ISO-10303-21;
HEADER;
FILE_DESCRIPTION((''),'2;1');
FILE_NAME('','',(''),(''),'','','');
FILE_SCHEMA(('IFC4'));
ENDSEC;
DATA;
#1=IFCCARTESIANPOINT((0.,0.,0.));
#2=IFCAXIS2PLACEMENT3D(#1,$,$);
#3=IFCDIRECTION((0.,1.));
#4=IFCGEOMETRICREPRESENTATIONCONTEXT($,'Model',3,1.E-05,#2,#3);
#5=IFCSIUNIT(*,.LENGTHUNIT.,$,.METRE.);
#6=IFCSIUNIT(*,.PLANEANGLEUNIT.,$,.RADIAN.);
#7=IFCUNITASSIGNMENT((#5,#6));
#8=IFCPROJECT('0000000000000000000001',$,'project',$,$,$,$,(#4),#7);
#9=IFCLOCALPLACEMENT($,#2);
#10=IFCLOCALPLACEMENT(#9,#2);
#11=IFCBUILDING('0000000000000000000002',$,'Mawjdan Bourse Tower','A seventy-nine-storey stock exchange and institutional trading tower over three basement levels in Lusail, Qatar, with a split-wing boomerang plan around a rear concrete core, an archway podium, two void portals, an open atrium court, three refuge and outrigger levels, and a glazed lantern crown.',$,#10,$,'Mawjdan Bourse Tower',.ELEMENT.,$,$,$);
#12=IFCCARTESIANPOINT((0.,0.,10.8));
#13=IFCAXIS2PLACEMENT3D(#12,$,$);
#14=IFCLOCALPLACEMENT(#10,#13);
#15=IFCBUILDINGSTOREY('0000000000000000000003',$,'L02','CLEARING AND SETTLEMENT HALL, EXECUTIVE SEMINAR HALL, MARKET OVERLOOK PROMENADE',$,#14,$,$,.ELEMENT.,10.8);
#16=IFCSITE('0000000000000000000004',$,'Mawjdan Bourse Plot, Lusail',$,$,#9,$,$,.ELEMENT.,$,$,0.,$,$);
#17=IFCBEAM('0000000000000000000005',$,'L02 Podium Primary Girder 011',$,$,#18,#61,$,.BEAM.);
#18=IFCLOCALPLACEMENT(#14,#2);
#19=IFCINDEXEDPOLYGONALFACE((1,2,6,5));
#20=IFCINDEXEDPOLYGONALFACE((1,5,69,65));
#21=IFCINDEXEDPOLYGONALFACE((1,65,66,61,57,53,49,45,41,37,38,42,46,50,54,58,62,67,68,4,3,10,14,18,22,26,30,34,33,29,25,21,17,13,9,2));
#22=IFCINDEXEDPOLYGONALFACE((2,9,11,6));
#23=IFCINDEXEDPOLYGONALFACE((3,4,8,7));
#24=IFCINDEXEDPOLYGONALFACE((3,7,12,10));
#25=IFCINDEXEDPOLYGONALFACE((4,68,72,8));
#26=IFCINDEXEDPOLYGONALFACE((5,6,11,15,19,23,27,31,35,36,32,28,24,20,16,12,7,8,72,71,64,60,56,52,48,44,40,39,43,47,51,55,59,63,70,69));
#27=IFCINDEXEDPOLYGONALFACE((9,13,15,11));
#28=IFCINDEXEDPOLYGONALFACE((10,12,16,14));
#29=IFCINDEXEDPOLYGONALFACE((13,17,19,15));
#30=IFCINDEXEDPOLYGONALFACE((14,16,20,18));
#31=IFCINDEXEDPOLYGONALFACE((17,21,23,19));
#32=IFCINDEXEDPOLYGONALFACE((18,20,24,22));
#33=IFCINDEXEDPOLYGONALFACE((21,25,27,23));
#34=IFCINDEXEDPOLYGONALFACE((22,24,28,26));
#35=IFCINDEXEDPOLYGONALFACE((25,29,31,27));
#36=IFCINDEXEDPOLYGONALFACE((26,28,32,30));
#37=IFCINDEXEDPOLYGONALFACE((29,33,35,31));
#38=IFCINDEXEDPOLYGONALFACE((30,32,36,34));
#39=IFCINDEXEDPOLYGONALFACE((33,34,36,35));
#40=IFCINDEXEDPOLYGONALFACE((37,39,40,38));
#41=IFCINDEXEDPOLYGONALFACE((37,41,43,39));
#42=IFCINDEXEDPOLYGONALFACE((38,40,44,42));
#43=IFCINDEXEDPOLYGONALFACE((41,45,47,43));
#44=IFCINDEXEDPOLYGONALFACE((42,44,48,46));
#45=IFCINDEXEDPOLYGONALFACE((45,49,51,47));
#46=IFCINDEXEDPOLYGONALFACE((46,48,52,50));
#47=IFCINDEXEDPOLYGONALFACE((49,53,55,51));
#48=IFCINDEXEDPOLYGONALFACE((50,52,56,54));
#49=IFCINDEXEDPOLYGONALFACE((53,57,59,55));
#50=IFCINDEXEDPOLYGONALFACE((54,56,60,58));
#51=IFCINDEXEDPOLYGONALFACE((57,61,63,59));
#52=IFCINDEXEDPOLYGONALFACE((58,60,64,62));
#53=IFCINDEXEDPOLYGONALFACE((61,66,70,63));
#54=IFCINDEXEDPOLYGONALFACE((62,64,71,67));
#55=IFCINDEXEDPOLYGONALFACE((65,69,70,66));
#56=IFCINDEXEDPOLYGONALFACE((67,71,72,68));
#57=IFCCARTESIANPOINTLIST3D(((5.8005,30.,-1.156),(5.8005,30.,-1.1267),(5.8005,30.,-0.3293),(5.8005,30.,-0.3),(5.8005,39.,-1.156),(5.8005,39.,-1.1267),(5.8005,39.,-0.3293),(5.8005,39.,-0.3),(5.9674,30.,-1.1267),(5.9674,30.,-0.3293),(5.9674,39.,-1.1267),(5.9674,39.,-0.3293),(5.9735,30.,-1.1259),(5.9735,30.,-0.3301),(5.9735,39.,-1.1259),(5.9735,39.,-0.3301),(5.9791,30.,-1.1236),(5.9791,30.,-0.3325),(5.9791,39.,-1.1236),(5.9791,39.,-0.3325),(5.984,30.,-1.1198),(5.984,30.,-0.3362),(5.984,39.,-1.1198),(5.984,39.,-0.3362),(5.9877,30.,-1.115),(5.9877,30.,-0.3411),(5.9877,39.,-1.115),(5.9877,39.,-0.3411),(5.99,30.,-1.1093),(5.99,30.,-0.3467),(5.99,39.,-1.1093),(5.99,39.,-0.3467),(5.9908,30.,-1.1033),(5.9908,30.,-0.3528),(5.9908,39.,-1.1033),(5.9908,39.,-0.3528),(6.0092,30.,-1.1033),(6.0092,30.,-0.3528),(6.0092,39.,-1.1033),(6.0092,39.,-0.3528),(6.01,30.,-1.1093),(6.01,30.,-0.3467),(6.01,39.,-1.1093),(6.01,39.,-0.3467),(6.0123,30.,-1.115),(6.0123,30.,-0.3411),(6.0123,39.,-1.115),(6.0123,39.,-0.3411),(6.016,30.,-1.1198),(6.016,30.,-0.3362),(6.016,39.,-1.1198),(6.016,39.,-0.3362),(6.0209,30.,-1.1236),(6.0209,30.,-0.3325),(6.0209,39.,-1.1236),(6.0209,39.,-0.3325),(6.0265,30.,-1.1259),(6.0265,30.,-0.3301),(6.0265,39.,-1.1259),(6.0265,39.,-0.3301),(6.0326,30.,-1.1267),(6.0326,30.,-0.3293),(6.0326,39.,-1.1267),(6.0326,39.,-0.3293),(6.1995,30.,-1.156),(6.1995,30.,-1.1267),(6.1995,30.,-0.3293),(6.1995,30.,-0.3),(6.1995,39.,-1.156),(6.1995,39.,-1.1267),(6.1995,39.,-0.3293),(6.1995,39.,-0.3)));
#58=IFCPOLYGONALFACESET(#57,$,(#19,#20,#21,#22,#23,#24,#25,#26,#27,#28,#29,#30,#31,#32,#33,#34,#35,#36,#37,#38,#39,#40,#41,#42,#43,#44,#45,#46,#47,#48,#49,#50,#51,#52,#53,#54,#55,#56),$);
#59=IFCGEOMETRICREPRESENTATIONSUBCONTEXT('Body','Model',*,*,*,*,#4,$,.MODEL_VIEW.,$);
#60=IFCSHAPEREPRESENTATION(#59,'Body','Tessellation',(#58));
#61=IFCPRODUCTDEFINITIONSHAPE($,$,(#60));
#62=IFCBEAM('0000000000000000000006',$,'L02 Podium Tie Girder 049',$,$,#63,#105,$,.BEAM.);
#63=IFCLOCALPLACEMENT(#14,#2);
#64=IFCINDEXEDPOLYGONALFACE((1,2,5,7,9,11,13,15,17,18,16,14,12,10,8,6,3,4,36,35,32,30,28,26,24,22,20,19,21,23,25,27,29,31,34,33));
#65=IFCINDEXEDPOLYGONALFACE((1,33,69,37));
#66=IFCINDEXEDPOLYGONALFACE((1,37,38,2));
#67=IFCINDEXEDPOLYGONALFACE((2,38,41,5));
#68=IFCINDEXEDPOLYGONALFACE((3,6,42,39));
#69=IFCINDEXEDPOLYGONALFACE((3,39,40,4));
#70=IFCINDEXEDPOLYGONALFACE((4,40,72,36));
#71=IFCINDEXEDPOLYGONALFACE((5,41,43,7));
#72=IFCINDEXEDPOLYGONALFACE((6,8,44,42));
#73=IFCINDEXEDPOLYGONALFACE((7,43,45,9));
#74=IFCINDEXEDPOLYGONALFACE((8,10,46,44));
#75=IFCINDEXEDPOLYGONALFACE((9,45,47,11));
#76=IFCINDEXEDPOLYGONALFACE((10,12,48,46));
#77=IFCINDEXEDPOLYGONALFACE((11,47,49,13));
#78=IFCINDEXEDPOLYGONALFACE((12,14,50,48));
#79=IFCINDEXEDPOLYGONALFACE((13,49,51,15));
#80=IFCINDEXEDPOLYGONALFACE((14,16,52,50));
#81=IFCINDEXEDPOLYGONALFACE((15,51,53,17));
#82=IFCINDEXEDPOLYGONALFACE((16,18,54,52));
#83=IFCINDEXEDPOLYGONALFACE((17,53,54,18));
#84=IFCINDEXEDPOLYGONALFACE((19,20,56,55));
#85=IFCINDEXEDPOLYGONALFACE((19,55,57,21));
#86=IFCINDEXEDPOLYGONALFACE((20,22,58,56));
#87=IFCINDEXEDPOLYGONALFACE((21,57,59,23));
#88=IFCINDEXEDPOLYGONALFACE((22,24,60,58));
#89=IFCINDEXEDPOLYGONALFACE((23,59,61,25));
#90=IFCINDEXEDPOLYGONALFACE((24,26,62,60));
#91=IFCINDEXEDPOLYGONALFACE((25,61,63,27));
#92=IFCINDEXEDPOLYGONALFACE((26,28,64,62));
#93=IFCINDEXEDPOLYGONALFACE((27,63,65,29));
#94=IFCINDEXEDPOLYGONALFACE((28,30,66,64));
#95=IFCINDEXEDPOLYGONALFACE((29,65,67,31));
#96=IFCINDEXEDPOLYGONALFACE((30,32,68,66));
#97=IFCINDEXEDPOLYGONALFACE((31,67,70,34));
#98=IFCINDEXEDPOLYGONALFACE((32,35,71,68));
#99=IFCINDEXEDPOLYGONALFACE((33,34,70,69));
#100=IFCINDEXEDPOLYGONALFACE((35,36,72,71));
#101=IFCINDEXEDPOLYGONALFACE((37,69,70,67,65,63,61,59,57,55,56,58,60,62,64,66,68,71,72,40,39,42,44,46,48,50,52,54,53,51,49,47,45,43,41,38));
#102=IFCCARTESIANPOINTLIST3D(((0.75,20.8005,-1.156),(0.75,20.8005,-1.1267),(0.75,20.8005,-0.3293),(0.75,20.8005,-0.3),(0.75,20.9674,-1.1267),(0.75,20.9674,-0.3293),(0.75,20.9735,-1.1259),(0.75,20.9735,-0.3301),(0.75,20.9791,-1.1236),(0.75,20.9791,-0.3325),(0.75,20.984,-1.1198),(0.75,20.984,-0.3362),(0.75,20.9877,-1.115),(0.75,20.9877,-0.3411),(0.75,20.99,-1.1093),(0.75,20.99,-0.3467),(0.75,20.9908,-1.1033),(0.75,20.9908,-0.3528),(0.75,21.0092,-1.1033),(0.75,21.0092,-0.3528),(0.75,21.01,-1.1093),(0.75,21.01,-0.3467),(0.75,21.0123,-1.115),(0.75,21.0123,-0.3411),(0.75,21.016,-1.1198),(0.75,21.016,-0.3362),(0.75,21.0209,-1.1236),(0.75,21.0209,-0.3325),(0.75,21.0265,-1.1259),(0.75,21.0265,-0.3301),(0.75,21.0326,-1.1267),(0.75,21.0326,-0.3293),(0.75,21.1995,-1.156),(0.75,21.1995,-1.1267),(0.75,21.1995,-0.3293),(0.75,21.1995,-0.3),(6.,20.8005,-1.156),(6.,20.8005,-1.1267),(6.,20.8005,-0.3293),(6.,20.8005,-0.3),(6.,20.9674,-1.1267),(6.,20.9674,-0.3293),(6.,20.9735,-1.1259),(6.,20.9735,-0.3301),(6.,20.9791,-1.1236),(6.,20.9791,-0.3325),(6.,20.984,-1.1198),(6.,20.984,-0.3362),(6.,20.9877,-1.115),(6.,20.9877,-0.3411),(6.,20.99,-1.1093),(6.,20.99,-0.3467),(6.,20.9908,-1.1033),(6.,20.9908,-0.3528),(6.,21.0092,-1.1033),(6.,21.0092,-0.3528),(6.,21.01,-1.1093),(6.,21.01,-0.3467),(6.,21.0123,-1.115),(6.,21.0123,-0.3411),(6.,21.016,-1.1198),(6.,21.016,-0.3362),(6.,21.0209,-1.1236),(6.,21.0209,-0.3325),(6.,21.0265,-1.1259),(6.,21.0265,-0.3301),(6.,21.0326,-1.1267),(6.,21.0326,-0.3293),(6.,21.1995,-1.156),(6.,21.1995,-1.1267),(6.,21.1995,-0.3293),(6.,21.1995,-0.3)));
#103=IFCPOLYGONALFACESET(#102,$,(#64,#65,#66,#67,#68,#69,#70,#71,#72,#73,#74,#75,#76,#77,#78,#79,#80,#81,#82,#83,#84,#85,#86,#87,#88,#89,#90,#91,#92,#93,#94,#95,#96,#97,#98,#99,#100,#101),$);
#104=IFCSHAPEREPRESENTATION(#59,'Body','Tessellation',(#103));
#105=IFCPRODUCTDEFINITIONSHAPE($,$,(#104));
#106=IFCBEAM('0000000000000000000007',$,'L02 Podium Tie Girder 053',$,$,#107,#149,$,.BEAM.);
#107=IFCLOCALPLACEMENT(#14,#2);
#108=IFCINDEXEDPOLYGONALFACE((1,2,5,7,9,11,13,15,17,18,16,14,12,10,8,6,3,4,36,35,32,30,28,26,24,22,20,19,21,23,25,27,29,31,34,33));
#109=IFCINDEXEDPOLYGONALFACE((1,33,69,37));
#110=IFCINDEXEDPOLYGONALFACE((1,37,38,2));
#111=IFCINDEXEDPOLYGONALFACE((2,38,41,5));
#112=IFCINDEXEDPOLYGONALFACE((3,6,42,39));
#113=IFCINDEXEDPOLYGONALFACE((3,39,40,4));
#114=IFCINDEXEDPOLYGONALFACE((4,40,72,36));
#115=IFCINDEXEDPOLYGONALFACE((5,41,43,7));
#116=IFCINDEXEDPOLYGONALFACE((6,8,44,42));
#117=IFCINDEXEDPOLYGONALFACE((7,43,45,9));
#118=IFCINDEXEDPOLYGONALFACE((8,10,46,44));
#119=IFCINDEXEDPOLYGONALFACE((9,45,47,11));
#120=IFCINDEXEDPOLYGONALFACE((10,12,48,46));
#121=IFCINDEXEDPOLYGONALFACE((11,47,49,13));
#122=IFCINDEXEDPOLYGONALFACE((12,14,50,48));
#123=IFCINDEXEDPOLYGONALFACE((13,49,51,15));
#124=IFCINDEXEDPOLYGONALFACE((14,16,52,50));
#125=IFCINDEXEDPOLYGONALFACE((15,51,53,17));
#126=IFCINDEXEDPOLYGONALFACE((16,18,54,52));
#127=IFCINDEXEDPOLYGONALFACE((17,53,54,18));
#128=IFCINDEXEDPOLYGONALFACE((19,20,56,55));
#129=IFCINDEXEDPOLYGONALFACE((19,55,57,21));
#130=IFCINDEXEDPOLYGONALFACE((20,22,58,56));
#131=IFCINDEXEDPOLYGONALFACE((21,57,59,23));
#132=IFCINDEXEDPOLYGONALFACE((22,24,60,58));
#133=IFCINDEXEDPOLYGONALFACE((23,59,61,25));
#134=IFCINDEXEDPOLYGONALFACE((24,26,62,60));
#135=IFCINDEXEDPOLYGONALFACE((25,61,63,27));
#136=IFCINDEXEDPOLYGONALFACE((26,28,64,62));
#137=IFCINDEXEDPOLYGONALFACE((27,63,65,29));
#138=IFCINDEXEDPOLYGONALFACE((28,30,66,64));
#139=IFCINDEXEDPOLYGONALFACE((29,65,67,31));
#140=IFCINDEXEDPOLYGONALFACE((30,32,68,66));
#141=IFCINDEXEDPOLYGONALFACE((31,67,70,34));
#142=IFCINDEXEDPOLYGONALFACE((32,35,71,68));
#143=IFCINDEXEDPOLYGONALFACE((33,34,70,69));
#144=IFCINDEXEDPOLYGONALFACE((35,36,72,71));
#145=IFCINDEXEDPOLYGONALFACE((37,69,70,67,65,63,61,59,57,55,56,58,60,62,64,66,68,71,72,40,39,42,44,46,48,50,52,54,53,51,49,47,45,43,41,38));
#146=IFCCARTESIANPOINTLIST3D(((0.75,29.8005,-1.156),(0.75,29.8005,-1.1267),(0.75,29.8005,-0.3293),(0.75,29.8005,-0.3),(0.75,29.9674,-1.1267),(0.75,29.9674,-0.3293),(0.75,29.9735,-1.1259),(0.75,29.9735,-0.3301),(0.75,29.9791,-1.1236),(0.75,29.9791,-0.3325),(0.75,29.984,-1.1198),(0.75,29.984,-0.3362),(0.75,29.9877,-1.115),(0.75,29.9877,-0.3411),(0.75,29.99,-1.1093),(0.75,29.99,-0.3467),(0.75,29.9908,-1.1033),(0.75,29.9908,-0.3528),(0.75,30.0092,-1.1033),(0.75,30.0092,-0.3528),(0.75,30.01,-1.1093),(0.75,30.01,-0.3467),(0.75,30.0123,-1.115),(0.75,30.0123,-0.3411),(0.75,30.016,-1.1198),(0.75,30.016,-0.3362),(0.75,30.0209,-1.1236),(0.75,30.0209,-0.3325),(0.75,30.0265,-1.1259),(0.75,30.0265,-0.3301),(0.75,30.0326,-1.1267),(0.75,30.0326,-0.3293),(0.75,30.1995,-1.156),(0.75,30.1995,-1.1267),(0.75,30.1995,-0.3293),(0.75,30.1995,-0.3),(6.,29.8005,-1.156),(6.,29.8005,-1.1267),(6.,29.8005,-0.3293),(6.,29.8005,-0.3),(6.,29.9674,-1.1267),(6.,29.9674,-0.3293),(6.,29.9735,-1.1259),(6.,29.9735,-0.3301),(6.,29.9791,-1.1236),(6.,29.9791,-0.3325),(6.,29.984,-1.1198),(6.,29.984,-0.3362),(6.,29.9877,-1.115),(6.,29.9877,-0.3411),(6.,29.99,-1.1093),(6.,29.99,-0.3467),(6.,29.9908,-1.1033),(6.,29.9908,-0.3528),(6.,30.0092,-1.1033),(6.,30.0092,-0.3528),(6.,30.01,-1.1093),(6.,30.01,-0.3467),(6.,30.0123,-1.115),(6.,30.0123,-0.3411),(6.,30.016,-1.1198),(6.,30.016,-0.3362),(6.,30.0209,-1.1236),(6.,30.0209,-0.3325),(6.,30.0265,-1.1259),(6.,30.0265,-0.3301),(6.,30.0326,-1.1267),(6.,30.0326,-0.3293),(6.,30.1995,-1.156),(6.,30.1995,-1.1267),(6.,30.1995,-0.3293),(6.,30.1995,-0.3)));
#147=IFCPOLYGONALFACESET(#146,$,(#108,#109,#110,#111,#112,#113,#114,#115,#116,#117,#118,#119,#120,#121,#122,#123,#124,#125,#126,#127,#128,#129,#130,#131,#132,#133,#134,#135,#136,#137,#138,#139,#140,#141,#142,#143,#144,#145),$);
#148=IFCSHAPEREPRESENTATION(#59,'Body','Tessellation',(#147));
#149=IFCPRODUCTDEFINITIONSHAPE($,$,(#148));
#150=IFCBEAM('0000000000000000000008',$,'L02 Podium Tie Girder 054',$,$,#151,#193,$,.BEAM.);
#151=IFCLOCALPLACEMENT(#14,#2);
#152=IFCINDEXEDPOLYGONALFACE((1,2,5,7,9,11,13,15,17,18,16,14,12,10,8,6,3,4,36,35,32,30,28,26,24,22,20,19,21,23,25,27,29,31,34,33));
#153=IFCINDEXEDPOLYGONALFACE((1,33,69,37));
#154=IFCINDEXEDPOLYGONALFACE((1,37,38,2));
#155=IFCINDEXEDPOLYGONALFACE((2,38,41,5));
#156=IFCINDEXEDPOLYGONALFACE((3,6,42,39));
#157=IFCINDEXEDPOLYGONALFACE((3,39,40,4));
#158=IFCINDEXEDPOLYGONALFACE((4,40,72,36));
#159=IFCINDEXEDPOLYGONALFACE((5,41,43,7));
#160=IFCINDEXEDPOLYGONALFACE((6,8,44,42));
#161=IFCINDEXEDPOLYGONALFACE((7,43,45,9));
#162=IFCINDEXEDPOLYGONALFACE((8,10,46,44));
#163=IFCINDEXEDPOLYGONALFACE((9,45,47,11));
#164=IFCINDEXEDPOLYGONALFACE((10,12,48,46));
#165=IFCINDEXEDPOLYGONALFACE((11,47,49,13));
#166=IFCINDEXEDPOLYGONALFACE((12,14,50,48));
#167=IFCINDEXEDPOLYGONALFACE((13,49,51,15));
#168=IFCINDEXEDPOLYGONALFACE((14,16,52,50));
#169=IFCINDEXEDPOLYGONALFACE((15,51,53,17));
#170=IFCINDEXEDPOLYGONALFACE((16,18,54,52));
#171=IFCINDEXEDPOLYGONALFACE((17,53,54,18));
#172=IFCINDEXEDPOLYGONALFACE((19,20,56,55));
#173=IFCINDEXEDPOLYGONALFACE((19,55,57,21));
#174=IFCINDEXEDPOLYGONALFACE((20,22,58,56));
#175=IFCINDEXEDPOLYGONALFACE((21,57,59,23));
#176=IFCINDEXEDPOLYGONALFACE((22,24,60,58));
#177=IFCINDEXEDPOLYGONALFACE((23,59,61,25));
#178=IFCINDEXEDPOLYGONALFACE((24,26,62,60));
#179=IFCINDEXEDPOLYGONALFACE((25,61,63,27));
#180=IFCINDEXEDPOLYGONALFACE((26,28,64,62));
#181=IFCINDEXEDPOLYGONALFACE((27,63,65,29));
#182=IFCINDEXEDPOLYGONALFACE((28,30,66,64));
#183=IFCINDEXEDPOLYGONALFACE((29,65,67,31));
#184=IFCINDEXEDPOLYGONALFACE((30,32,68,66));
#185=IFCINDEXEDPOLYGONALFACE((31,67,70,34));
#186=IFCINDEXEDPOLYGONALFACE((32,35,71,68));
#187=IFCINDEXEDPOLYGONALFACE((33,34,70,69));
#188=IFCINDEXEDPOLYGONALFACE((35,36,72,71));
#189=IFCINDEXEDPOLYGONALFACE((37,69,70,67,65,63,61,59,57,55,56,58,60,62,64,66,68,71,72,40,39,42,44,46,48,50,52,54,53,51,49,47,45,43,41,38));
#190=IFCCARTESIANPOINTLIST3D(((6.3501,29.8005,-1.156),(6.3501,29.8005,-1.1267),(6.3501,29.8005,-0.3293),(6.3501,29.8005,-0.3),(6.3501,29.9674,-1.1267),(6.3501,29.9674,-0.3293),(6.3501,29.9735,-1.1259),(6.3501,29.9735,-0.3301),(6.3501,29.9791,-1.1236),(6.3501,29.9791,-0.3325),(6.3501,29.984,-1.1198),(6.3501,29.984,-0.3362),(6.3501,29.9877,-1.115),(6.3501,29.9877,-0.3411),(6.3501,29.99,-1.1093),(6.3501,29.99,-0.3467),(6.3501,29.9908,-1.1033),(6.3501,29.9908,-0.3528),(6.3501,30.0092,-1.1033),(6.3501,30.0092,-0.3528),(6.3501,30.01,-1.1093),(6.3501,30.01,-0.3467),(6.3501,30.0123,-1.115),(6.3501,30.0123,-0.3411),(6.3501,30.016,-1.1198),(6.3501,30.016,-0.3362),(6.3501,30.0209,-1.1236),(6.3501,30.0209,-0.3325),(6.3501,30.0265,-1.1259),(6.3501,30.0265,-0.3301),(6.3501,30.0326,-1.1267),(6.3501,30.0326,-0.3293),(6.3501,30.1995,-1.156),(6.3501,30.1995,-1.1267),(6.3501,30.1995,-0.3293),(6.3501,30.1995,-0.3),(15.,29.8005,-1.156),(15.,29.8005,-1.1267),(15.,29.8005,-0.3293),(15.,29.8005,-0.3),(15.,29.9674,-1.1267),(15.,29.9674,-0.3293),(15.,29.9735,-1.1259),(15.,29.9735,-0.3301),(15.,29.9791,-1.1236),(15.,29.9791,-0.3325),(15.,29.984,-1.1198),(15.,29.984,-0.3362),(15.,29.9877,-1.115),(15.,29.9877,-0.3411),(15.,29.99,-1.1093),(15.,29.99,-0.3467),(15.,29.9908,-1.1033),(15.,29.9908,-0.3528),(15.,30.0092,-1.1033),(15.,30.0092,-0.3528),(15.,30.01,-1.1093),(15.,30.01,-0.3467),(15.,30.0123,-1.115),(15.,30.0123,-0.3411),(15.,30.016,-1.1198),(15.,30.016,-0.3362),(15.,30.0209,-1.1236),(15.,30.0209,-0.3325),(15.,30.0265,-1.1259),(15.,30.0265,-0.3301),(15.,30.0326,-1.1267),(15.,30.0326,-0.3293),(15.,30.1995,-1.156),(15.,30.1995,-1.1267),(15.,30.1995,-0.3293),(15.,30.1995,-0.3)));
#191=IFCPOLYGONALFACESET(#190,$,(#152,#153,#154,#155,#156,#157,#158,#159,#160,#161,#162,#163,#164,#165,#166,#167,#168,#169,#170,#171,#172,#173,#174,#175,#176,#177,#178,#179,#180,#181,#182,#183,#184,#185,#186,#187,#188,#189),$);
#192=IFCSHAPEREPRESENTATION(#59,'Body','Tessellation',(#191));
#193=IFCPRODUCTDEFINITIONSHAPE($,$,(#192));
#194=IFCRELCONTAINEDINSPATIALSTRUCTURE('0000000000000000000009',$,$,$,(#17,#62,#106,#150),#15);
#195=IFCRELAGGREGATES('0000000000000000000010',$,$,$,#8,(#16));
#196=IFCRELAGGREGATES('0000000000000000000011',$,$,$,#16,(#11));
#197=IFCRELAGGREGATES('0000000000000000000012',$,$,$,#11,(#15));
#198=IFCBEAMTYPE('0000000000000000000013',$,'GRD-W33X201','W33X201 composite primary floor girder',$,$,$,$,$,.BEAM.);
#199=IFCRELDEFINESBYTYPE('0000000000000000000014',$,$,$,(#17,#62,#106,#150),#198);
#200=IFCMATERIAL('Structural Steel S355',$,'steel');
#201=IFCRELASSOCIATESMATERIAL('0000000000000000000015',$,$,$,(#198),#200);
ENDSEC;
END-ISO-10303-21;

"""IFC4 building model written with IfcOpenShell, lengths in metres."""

from ifc_helpers import new_model, si_unit, direction, frame, origin, origin_2d, place, context, subcontext, project, spatial, i_section, extrude, material, material_profile, profile_set, type_object, element, save


model = new_model("IFC4")

# Units and contexts
model_context = context("Model", 3, precision=1e-05, world=origin(), true_north=direction((0.0, 1.0)))
body_context = subcontext(model_context, "Body", "Model", "MODEL_VIEW")
ifc_project = project(units=[si_unit("LENGTHUNIT", "METRE"), si_unit("PLANEANGLEUNIT", "RADIAN")], contexts=[model_context])

# Site, building, storey
site_placement = place(None, origin())
site = spatial("IfcSite", under=ifc_project, at=site_placement, Name="Mawjdan Bourse Plot, Lusail", CompositionType="ELEMENT", RefElevation=0.0)
building_placement = place(site_placement, origin())
building = spatial("IfcBuilding", under=site, at=building_placement, Name="Mawjdan Bourse Tower", Description="A seventy-nine-storey stock exchange and institutional trading tower over three basement levels in Lusail, Qatar, with a split-wing boomerang plan around a rear concrete core, an archway podium, two void portals, an open atrium court, three refuge and outrigger levels, and a glazed lantern crown.", LongName="Mawjdan Bourse Tower", CompositionType="ELEMENT")
storey_placement = place(building_placement, frame((0.0, 0.0, 10.8)))
storey = spatial("IfcBuildingStorey", under=building, at=storey_placement, Name="L02", Description="CLEARING AND SETTLEMENT HALL, EXECUTIVE SEMINAR HALL, MARKET OVERLOOK PROMENADE", CompositionType="ELEMENT", Elevation=10.8)

# Beams
ifc_material_1 = material(Name="Structural Steel S355", Category="steel")
ifc_material_profile_1 = material_profile(ifc_material_1, i_section(OverallWidth=0.3989, OverallDepth=0.856, WebThickness=0.0183, FlangeThickness=0.0293, FilletRadius=0.0234, at=origin_2d()), Name="W33X201")
ifc_profile_set_1 = profile_set([ifc_material_profile_1], Name="Structural Steel S355")
beam_type_1 = type_object("IfcBeamType", Name="GRD-W33X201", Description="W33X201 composite primary floor girder", PredefinedType="BEAM", material=ifc_profile_set_1)
for number, where, z_axis, x_axis, name in (
    (1, (6.0, 30.0, -0.728), (0.0, 1.0, 0.0), (-1.0, 0.0, 0.0), "L02 Podium Primary Girder 011"),
):
    element("IfcBeam", number, at=place(storey_placement, frame(where, z_axis=z_axis, x_axis=x_axis)), inside=storey, type_object=beam_type_1, Name=name, PredefinedType="BEAM", context=body_context, shape_type="SweptSolid", body=[
        extrude(i_section(OverallWidth=0.3989, OverallDepth=0.856, WebThickness=0.0183, FlangeThickness=0.0293, FilletRadius=0.0234, at=origin_2d()), origin(), (0.0, 0.0, 1.0), 9.0),
    ])
for number, where, z_axis, x_axis, name in (
    (2, (0.75, 21.0, -0.728), (1.0, 0.0, 0.0), (0.0, 1.0, 0.0), "L02 Podium Tie Girder 049"),
    (3, (0.75, 30.0, -0.728), (1.0, 0.0, 0.0), (0.0, 1.0, 0.0), "L02 Podium Tie Girder 053"),
):
    element("IfcBeam", number, at=place(storey_placement, frame(where, z_axis=z_axis, x_axis=x_axis)), inside=storey, type_object=beam_type_1, Name=name, PredefinedType="BEAM", context=body_context, shape_type="SweptSolid", body=[
        extrude(i_section(OverallWidth=0.3989, OverallDepth=0.856, WebThickness=0.0183, FlangeThickness=0.0293, FilletRadius=0.0234, at=origin_2d()), origin(), (0.0, 0.0, 1.0), 5.25),
    ])
beam_1_placement = place(storey_placement, frame((6.3501, 30.0, -0.728), z_axis=(1.0, 0.0, 0.0), x_axis=(0.0, 1.0, 0.0)))
element("IfcBeam", 4, at=beam_1_placement, inside=storey, type_object=beam_type_1, Name="L02 Podium Tie Girder 054", PredefinedType="BEAM", context=body_context, shape_type="SweptSolid", body=[
    extrude(i_section(OverallWidth=0.3989, OverallDepth=0.856, WebThickness=0.0183, FlangeThickness=0.0293, FilletRadius=0.0234, at=origin_2d()), origin(), (0.0, 0.0, 1.0), 8.6499),
])

save(model, "model.ifc")
